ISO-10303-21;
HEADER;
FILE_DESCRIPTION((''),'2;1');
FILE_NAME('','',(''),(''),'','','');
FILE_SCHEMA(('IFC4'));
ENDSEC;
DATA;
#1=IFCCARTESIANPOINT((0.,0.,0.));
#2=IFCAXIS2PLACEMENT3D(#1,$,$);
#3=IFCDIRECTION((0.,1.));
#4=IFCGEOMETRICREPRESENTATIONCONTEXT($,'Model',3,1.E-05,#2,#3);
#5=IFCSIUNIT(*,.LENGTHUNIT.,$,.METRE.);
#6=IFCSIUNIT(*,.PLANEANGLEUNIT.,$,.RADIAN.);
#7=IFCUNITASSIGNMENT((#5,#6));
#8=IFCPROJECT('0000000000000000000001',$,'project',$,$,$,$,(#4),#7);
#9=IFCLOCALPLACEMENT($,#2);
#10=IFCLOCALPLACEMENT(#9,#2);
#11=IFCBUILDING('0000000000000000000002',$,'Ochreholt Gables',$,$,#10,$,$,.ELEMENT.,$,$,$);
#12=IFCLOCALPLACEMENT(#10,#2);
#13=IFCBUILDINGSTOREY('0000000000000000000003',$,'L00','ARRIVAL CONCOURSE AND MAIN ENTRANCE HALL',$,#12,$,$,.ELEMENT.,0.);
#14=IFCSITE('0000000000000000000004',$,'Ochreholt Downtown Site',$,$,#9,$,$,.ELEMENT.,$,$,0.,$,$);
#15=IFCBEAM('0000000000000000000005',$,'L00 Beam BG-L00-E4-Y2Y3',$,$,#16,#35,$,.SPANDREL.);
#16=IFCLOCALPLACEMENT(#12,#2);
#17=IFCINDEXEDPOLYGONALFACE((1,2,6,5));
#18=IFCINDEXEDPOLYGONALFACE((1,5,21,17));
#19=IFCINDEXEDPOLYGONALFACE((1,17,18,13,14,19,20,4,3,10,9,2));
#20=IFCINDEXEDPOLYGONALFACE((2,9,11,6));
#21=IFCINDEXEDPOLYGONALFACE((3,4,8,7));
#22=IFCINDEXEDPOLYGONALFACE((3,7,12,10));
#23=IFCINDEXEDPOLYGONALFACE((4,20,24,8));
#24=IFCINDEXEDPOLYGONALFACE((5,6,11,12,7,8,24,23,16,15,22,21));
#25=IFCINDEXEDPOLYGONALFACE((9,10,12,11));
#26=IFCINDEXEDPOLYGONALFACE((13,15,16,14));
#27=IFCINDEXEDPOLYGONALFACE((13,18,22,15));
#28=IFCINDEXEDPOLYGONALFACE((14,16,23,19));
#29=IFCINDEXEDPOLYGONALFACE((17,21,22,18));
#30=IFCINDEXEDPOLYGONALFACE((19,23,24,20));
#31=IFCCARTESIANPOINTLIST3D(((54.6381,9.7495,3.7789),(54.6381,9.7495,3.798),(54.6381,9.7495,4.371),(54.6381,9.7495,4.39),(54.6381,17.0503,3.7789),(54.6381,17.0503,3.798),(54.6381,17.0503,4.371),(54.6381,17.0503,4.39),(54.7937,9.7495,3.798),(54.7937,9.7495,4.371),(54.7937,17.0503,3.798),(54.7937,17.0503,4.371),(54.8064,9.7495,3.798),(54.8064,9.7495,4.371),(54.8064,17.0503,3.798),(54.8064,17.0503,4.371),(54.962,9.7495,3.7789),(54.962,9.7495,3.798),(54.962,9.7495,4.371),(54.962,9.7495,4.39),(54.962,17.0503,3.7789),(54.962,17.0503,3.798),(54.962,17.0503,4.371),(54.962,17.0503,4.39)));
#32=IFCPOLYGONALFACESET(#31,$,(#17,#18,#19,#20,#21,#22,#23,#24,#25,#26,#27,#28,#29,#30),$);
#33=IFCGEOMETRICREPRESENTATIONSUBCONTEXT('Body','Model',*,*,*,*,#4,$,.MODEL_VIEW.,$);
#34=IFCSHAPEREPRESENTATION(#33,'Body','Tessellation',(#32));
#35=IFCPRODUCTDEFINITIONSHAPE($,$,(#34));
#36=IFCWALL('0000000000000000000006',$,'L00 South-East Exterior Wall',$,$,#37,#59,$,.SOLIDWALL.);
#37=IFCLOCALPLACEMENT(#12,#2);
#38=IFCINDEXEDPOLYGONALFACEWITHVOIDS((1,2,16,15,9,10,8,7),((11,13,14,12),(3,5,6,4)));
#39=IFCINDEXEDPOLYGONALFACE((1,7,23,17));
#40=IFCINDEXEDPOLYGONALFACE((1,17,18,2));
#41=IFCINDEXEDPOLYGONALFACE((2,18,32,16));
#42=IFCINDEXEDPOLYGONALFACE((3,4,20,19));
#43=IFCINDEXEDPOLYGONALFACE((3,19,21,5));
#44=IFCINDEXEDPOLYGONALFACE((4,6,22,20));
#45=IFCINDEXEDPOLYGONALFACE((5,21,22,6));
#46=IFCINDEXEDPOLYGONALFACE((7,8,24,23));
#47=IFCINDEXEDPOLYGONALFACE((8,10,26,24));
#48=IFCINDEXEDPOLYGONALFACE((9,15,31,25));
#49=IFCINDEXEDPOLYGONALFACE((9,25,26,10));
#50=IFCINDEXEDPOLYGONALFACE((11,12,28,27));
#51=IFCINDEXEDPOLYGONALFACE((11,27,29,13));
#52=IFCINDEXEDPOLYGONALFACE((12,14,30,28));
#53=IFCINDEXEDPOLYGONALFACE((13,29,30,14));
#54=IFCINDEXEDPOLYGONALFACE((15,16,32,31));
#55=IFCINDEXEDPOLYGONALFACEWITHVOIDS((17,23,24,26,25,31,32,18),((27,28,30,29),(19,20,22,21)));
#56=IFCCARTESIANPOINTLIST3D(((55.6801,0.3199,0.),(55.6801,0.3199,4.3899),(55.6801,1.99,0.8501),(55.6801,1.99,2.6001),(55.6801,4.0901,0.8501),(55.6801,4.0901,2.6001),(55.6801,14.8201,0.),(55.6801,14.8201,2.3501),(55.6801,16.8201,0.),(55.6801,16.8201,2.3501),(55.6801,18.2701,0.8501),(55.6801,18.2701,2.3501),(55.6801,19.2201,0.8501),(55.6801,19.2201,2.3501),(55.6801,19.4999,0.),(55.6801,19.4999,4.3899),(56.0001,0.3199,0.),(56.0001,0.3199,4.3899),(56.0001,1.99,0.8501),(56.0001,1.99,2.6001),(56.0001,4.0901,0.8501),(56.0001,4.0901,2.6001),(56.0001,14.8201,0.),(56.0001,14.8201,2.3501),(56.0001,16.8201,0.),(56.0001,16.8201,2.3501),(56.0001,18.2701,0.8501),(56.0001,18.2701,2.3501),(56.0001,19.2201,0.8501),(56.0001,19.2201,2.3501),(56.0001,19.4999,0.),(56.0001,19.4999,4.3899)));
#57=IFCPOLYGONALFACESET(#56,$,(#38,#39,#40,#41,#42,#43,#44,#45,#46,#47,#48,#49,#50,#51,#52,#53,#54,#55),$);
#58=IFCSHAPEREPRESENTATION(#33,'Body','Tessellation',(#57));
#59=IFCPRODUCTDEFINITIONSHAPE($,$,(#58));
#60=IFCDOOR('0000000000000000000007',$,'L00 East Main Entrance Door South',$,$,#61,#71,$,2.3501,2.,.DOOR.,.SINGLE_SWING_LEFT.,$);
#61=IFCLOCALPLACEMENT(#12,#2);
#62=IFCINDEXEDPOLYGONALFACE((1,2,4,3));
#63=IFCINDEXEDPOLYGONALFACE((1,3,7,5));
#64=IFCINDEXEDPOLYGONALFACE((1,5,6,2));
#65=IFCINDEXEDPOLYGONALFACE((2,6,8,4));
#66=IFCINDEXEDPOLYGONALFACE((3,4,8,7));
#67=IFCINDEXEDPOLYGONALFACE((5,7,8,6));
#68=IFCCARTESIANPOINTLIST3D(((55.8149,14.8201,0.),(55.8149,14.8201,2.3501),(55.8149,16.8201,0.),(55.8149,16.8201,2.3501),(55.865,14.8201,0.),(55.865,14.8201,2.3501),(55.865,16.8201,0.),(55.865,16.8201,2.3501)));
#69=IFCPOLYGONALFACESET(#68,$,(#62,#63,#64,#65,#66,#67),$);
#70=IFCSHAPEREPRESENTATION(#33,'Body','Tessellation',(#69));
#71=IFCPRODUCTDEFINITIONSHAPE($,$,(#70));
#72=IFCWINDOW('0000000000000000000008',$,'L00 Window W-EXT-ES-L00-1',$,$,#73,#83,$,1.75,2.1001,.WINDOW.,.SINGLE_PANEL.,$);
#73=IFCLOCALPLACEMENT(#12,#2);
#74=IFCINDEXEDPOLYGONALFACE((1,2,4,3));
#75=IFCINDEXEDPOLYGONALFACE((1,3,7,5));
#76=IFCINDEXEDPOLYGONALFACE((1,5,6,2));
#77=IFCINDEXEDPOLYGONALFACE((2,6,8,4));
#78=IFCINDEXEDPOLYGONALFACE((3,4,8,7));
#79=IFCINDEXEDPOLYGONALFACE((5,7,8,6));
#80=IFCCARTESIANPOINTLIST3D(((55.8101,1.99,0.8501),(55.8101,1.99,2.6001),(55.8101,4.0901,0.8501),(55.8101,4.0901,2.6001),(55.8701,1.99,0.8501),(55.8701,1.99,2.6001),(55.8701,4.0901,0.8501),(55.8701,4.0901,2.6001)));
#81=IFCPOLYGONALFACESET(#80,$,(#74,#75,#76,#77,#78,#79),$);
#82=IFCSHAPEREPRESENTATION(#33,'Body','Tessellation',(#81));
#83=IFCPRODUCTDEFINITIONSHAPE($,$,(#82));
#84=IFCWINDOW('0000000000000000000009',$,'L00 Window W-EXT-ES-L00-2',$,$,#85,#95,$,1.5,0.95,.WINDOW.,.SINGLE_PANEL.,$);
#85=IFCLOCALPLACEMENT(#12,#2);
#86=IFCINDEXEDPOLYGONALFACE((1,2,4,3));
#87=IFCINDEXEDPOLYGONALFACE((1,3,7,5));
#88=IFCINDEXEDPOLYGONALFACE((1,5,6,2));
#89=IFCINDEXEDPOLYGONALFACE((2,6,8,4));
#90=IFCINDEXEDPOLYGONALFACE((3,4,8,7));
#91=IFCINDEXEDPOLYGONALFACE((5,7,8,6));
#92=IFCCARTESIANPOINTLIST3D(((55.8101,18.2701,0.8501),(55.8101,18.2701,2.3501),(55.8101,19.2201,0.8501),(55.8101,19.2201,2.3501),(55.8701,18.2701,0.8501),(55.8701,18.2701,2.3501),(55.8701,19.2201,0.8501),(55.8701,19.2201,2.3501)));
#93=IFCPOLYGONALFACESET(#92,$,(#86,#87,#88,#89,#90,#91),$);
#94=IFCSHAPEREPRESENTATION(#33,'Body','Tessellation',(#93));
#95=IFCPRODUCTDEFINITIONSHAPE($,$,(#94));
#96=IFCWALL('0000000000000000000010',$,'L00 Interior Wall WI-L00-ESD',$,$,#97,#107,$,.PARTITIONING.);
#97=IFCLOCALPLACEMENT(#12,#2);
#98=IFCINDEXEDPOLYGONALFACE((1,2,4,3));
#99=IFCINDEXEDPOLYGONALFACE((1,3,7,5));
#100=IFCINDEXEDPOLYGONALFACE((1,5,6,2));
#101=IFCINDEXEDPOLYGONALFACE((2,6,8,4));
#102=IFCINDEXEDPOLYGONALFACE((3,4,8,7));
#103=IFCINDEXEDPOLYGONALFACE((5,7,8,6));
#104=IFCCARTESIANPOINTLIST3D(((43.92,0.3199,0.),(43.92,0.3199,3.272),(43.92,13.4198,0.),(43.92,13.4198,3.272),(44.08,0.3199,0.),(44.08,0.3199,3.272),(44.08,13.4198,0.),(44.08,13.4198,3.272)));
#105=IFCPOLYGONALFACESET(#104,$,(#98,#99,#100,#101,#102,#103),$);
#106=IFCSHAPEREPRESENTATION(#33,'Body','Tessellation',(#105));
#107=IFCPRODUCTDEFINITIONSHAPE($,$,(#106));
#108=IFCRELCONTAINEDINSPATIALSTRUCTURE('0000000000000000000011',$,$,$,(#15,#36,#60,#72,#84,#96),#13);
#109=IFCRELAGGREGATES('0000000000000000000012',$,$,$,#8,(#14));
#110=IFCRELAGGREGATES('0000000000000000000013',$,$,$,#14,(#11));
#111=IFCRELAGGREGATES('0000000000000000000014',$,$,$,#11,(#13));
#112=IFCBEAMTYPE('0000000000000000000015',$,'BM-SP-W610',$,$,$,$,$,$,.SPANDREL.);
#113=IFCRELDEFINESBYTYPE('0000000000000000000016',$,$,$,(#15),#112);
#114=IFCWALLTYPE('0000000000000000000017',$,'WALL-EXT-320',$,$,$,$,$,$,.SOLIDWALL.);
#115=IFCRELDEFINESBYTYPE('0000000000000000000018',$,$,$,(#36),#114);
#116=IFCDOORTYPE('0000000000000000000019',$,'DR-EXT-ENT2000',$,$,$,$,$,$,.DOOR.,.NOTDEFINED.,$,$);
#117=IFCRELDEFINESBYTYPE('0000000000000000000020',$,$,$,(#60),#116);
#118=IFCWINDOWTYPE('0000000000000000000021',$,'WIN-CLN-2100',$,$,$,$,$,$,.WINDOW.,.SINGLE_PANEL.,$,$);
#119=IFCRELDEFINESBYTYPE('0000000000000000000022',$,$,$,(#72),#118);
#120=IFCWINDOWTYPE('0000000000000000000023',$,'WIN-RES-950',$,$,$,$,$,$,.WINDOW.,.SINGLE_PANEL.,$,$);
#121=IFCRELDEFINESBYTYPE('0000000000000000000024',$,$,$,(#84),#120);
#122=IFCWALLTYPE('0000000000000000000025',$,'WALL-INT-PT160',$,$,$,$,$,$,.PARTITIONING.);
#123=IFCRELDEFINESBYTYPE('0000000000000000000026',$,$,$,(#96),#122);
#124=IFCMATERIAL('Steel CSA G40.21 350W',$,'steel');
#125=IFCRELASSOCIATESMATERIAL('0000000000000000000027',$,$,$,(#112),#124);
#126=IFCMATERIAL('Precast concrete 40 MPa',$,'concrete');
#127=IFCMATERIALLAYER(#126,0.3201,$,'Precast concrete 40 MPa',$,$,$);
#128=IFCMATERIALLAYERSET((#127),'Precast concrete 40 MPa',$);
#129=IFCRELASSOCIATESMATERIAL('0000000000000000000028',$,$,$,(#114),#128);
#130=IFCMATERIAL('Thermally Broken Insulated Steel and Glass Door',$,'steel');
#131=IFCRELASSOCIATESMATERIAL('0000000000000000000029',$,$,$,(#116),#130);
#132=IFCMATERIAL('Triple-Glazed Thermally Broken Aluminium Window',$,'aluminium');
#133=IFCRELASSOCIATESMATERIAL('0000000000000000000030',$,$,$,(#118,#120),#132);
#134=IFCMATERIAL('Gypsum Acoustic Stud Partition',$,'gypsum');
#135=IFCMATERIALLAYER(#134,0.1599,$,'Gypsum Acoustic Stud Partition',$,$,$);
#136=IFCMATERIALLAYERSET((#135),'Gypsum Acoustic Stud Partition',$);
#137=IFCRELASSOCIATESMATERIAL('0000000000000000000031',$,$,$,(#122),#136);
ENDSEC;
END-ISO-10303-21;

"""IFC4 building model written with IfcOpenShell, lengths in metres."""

from ifc_helpers import new_model, si_unit, direction, frame, frame_2d, origin, origin_2d, place, context, subcontext, project, spatial, rectangle, i_section, extrude, material, layer, layer_set, material_profile, profile_set, type_object, element, fill, save


model = new_model("IFC4")

# Units and contexts
model_context = context("Model", 3, precision=1e-05, world=origin(), true_north=direction((0.0, 1.0)))
body_context = subcontext(model_context, "Body", "Model", "MODEL_VIEW")
ifc_project = project(units=[si_unit("LENGTHUNIT", "METRE"), si_unit("PLANEANGLEUNIT", "RADIAN")], contexts=[model_context])

# Site, building, storey
site_placement = place(None, origin())
site = spatial("IfcSite", under=ifc_project, at=site_placement, Name="Ochreholt Downtown Site", CompositionType="ELEMENT", RefElevation=0.0)
building_placement = place(site_placement, origin())
building = spatial("IfcBuilding", under=site, at=building_placement, Name="Ochreholt Gables", CompositionType="ELEMENT")
storey_placement = place(building_placement, origin())
storey = spatial("IfcBuildingStorey", under=building, at=storey_placement, Name="L00", Description="ARRIVAL CONCOURSE AND MAIN ENTRANCE HALL", CompositionType="ELEMENT", Elevation=0.0)

# Shared definitions
ifc_material_1 = material(Name="Steel CSA G40.21 350W", Category="steel")

# Beam
ifc_material_profile_1 = material_profile(ifc_material_1, i_section(OverallWidth=0.324, OverallDepth=0.6111, WebThickness=0.0127, FlangeThickness=0.019, at=origin_2d()), Name="W610X155")
ifc_profile_set_1 = profile_set([ifc_material_profile_1], Name="Steel CSA G40.21 350W")
beam_type_1 = type_object("IfcBeamType", Name="BM-SP-W610", PredefinedType="SPANDREL", material=ifc_profile_set_1)
beam_1_placement = place(storey_placement, frame((54.8, 9.7495, 4.0845), z_axis=(0.0, 1.0, 0.0), x_axis=(-1.0, 0.0, 0.0)))
element("IfcBeam", 1, at=beam_1_placement, inside=storey, type_object=beam_type_1, Name="L00 Beam BG-L00-E4-Y2Y3", PredefinedType="SPANDREL", context=body_context, shape_type="SweptSolid", body=[
    extrude(i_section(OverallWidth=0.324, OverallDepth=0.6111, WebThickness=0.0127, FlangeThickness=0.019, at=origin_2d()), origin(), (0.0, 0.0, 1.0), 7.3008),
])

# Wall, openings, door, windows
ifc_material_2 = material(Name="Precast concrete 40 MPa", Category="concrete")
ifc_layer_1 = layer(ifc_material_2, 0.3201, Name="Precast concrete 40 MPa")
ifc_layer_set_1 = layer_set([ifc_layer_1], Name="Precast concrete 40 MPa")
wall_type_1 = type_object("IfcWallType", Name="WALL-EXT-320", PredefinedType="SOLIDWALL", material=ifc_layer_set_1)
wall_1_placement = place(storey_placement, frame((55.8401, 0.3201, 0.0), z_axis=(0.0, 0.0, 1.0), x_axis=(0.0, 1.0, 0.0)))
wall_1 = element("IfcWall", 2, at=wall_1_placement, inside=storey, type_object=wall_type_1, Name="L00 South-East Exterior Wall", PredefinedType="SOLIDWALL", context=body_context, shape_type="SweptSolid", body=[
    extrude(rectangle(XDim=19.1799, YDim=0.3201, at=frame_2d((9.5898, 0.0))), origin(), (0.0, 0.0, 1.0), 4.3899),
])
opening_1_placement = place(wall_1_placement, frame((14.5, 0.0, 0.0)))
opening_1 = element("IfcOpeningElement", 3, at=opening_1_placement, cuts=wall_1, PredefinedType="OPENING", context=body_context, shape_type="SweptSolid", body=[
    extrude(rectangle(XDim=2.0, YDim=2.3501, at=frame_2d((1.0, 1.175))), frame((0.0, 0.1699, 0.0), z_axis=(0.0, -1.0, 0.0), x_axis=(1.0, 0.0, 0.0)), (0.0, 0.0, 1.0), 0.3401),
])
opening_2_placement = place(wall_1_placement, frame((1.6699, 0.0, 0.8501)))
opening_2 = element("IfcOpeningElement", 4, at=opening_2_placement, cuts=wall_1, PredefinedType="OPENING", context=body_context, shape_type="SweptSolid", body=[
    extrude(rectangle(XDim=2.1001, YDim=1.75, at=frame_2d((1.05, 0.875))), frame((0.0, 0.1699, 0.0), z_axis=(0.0, -1.0, 0.0), x_axis=(1.0, 0.0, 0.0)), (0.0, 0.0, 1.0), 0.3401),
])
opening_3_placement = place(wall_1_placement, frame((17.95, 0.0, 0.8501)))
opening_3 = element("IfcOpeningElement", 5, at=opening_3_placement, cuts=wall_1, PredefinedType="OPENING", context=body_context, shape_type="SweptSolid", body=[
    extrude(rectangle(XDim=0.95, YDim=1.5, at=frame_2d((0.4751, 0.75))), frame((0.0, 0.1699, 0.0), z_axis=(0.0, -1.0, 0.0), x_axis=(1.0, 0.0, 0.0)), (0.0, 0.0, 1.0), 0.3401),
])
ifc_material_3 = material(Name="Thermally Broken Insulated Steel and Glass Door", Category="steel")
door_type = type_object("IfcDoorType", Name="DR-EXT-ENT2000", OperationType="NOTDEFINED", PredefinedType="DOOR", material=ifc_material_3)
door_placement = place(opening_1_placement, frame((2.0, 0.0, 0.0), z_axis=(0.0, 0.0, 1.0), x_axis=(-1.0, 0.0, 0.0)))
door = element("IfcDoor", 6, at=door_placement, inside=storey, type_object=door_type, Name="L00 East Main Entrance Door South", OperationType="SINGLE_SWING_LEFT", OverallHeight=2.3501, OverallWidth=2.0, PredefinedType="DOOR", context=body_context, shape_type="SweptSolid", body=[
    extrude(rectangle(XDim=2.0, YDim=2.3501, at=frame_2d((1.0, 1.175))), frame((0.0, 0.0249, 0.0), z_axis=(0.0, -1.0, 0.0), x_axis=(1.0, 0.0, 0.0)), (0.0, 0.0, 1.0), 0.05),
])
fill(opening_1, door)
ifc_material_4 = material(Name="Triple-Glazed Thermally Broken Aluminium Window", Category="aluminium")
window_type_1 = type_object("IfcWindowType", Name="WIN-CLN-2100", PartitioningType="SINGLE_PANEL", PredefinedType="WINDOW", material=ifc_material_4)
window_1_placement = place(opening_2_placement, origin())
window_1 = element("IfcWindow", 7, at=window_1_placement, inside=storey, type_object=window_type_1, Name="L00 Window W-EXT-ES-L00-1", OverallHeight=1.75, OverallWidth=2.1001, PartitioningType="SINGLE_PANEL", PredefinedType="WINDOW", context=body_context, shape_type="SweptSolid", body=[
    extrude(rectangle(XDim=2.1001, YDim=1.75, at=frame_2d((1.05, 0.875))), frame((0.0, 0.03, 0.0), z_axis=(0.0, -1.0, 0.0), x_axis=(1.0, 0.0, 0.0)), (0.0, 0.0, 1.0), 0.0601),
])
fill(opening_2, window_1)
window_type_2 = type_object("IfcWindowType", Name="WIN-RES-950", PartitioningType="SINGLE_PANEL", PredefinedType="WINDOW", material=ifc_material_4)
window_2_placement = place(opening_3_placement, origin())
window_2 = element("IfcWindow", 8, at=window_2_placement, inside=storey, type_object=window_type_2, Name="L00 Window W-EXT-ES-L00-2", OverallHeight=1.5, OverallWidth=0.95, PartitioningType="SINGLE_PANEL", PredefinedType="WINDOW", context=body_context, shape_type="SweptSolid", body=[
    extrude(rectangle(XDim=0.95, YDim=1.5, at=frame_2d((0.4751, 0.75))), frame((0.0, 0.03, 0.0), z_axis=(0.0, -1.0, 0.0), x_axis=(1.0, 0.0, 0.0)), (0.0, 0.0, 1.0), 0.0601),
])
fill(opening_3, window_2)

# Wall
ifc_material_5 = material(Name="Gypsum Acoustic Stud Partition", Category="gypsum")
ifc_layer_2 = layer(ifc_material_5, 0.1599, Name="Gypsum Acoustic Stud Partition")
ifc_layer_set_2 = layer_set([ifc_layer_2], Name="Gypsum Acoustic Stud Partition")
wall_type_2 = type_object("IfcWallType", Name="WALL-INT-PT160", PredefinedType="PARTITIONING", material=ifc_layer_set_2)
wall_2_placement = place(storey_placement, frame((44.0, 0.3201, 0.0), z_axis=(0.0, 0.0, 1.0), x_axis=(0.0, 1.0, 0.0)))
element("IfcWall", 9, at=wall_2_placement, inside=storey, type_object=wall_type_2, Name="L00 Interior Wall WI-L00-ESD", PredefinedType="PARTITIONING", context=body_context, shape_type="SweptSolid", body=[
    extrude(rectangle(XDim=13.0999, YDim=0.1599, at=frame_2d((6.5498, 0.0))), origin(), (0.0, 0.0, 1.0), 3.272),
])

save(model, "model.ifc")
